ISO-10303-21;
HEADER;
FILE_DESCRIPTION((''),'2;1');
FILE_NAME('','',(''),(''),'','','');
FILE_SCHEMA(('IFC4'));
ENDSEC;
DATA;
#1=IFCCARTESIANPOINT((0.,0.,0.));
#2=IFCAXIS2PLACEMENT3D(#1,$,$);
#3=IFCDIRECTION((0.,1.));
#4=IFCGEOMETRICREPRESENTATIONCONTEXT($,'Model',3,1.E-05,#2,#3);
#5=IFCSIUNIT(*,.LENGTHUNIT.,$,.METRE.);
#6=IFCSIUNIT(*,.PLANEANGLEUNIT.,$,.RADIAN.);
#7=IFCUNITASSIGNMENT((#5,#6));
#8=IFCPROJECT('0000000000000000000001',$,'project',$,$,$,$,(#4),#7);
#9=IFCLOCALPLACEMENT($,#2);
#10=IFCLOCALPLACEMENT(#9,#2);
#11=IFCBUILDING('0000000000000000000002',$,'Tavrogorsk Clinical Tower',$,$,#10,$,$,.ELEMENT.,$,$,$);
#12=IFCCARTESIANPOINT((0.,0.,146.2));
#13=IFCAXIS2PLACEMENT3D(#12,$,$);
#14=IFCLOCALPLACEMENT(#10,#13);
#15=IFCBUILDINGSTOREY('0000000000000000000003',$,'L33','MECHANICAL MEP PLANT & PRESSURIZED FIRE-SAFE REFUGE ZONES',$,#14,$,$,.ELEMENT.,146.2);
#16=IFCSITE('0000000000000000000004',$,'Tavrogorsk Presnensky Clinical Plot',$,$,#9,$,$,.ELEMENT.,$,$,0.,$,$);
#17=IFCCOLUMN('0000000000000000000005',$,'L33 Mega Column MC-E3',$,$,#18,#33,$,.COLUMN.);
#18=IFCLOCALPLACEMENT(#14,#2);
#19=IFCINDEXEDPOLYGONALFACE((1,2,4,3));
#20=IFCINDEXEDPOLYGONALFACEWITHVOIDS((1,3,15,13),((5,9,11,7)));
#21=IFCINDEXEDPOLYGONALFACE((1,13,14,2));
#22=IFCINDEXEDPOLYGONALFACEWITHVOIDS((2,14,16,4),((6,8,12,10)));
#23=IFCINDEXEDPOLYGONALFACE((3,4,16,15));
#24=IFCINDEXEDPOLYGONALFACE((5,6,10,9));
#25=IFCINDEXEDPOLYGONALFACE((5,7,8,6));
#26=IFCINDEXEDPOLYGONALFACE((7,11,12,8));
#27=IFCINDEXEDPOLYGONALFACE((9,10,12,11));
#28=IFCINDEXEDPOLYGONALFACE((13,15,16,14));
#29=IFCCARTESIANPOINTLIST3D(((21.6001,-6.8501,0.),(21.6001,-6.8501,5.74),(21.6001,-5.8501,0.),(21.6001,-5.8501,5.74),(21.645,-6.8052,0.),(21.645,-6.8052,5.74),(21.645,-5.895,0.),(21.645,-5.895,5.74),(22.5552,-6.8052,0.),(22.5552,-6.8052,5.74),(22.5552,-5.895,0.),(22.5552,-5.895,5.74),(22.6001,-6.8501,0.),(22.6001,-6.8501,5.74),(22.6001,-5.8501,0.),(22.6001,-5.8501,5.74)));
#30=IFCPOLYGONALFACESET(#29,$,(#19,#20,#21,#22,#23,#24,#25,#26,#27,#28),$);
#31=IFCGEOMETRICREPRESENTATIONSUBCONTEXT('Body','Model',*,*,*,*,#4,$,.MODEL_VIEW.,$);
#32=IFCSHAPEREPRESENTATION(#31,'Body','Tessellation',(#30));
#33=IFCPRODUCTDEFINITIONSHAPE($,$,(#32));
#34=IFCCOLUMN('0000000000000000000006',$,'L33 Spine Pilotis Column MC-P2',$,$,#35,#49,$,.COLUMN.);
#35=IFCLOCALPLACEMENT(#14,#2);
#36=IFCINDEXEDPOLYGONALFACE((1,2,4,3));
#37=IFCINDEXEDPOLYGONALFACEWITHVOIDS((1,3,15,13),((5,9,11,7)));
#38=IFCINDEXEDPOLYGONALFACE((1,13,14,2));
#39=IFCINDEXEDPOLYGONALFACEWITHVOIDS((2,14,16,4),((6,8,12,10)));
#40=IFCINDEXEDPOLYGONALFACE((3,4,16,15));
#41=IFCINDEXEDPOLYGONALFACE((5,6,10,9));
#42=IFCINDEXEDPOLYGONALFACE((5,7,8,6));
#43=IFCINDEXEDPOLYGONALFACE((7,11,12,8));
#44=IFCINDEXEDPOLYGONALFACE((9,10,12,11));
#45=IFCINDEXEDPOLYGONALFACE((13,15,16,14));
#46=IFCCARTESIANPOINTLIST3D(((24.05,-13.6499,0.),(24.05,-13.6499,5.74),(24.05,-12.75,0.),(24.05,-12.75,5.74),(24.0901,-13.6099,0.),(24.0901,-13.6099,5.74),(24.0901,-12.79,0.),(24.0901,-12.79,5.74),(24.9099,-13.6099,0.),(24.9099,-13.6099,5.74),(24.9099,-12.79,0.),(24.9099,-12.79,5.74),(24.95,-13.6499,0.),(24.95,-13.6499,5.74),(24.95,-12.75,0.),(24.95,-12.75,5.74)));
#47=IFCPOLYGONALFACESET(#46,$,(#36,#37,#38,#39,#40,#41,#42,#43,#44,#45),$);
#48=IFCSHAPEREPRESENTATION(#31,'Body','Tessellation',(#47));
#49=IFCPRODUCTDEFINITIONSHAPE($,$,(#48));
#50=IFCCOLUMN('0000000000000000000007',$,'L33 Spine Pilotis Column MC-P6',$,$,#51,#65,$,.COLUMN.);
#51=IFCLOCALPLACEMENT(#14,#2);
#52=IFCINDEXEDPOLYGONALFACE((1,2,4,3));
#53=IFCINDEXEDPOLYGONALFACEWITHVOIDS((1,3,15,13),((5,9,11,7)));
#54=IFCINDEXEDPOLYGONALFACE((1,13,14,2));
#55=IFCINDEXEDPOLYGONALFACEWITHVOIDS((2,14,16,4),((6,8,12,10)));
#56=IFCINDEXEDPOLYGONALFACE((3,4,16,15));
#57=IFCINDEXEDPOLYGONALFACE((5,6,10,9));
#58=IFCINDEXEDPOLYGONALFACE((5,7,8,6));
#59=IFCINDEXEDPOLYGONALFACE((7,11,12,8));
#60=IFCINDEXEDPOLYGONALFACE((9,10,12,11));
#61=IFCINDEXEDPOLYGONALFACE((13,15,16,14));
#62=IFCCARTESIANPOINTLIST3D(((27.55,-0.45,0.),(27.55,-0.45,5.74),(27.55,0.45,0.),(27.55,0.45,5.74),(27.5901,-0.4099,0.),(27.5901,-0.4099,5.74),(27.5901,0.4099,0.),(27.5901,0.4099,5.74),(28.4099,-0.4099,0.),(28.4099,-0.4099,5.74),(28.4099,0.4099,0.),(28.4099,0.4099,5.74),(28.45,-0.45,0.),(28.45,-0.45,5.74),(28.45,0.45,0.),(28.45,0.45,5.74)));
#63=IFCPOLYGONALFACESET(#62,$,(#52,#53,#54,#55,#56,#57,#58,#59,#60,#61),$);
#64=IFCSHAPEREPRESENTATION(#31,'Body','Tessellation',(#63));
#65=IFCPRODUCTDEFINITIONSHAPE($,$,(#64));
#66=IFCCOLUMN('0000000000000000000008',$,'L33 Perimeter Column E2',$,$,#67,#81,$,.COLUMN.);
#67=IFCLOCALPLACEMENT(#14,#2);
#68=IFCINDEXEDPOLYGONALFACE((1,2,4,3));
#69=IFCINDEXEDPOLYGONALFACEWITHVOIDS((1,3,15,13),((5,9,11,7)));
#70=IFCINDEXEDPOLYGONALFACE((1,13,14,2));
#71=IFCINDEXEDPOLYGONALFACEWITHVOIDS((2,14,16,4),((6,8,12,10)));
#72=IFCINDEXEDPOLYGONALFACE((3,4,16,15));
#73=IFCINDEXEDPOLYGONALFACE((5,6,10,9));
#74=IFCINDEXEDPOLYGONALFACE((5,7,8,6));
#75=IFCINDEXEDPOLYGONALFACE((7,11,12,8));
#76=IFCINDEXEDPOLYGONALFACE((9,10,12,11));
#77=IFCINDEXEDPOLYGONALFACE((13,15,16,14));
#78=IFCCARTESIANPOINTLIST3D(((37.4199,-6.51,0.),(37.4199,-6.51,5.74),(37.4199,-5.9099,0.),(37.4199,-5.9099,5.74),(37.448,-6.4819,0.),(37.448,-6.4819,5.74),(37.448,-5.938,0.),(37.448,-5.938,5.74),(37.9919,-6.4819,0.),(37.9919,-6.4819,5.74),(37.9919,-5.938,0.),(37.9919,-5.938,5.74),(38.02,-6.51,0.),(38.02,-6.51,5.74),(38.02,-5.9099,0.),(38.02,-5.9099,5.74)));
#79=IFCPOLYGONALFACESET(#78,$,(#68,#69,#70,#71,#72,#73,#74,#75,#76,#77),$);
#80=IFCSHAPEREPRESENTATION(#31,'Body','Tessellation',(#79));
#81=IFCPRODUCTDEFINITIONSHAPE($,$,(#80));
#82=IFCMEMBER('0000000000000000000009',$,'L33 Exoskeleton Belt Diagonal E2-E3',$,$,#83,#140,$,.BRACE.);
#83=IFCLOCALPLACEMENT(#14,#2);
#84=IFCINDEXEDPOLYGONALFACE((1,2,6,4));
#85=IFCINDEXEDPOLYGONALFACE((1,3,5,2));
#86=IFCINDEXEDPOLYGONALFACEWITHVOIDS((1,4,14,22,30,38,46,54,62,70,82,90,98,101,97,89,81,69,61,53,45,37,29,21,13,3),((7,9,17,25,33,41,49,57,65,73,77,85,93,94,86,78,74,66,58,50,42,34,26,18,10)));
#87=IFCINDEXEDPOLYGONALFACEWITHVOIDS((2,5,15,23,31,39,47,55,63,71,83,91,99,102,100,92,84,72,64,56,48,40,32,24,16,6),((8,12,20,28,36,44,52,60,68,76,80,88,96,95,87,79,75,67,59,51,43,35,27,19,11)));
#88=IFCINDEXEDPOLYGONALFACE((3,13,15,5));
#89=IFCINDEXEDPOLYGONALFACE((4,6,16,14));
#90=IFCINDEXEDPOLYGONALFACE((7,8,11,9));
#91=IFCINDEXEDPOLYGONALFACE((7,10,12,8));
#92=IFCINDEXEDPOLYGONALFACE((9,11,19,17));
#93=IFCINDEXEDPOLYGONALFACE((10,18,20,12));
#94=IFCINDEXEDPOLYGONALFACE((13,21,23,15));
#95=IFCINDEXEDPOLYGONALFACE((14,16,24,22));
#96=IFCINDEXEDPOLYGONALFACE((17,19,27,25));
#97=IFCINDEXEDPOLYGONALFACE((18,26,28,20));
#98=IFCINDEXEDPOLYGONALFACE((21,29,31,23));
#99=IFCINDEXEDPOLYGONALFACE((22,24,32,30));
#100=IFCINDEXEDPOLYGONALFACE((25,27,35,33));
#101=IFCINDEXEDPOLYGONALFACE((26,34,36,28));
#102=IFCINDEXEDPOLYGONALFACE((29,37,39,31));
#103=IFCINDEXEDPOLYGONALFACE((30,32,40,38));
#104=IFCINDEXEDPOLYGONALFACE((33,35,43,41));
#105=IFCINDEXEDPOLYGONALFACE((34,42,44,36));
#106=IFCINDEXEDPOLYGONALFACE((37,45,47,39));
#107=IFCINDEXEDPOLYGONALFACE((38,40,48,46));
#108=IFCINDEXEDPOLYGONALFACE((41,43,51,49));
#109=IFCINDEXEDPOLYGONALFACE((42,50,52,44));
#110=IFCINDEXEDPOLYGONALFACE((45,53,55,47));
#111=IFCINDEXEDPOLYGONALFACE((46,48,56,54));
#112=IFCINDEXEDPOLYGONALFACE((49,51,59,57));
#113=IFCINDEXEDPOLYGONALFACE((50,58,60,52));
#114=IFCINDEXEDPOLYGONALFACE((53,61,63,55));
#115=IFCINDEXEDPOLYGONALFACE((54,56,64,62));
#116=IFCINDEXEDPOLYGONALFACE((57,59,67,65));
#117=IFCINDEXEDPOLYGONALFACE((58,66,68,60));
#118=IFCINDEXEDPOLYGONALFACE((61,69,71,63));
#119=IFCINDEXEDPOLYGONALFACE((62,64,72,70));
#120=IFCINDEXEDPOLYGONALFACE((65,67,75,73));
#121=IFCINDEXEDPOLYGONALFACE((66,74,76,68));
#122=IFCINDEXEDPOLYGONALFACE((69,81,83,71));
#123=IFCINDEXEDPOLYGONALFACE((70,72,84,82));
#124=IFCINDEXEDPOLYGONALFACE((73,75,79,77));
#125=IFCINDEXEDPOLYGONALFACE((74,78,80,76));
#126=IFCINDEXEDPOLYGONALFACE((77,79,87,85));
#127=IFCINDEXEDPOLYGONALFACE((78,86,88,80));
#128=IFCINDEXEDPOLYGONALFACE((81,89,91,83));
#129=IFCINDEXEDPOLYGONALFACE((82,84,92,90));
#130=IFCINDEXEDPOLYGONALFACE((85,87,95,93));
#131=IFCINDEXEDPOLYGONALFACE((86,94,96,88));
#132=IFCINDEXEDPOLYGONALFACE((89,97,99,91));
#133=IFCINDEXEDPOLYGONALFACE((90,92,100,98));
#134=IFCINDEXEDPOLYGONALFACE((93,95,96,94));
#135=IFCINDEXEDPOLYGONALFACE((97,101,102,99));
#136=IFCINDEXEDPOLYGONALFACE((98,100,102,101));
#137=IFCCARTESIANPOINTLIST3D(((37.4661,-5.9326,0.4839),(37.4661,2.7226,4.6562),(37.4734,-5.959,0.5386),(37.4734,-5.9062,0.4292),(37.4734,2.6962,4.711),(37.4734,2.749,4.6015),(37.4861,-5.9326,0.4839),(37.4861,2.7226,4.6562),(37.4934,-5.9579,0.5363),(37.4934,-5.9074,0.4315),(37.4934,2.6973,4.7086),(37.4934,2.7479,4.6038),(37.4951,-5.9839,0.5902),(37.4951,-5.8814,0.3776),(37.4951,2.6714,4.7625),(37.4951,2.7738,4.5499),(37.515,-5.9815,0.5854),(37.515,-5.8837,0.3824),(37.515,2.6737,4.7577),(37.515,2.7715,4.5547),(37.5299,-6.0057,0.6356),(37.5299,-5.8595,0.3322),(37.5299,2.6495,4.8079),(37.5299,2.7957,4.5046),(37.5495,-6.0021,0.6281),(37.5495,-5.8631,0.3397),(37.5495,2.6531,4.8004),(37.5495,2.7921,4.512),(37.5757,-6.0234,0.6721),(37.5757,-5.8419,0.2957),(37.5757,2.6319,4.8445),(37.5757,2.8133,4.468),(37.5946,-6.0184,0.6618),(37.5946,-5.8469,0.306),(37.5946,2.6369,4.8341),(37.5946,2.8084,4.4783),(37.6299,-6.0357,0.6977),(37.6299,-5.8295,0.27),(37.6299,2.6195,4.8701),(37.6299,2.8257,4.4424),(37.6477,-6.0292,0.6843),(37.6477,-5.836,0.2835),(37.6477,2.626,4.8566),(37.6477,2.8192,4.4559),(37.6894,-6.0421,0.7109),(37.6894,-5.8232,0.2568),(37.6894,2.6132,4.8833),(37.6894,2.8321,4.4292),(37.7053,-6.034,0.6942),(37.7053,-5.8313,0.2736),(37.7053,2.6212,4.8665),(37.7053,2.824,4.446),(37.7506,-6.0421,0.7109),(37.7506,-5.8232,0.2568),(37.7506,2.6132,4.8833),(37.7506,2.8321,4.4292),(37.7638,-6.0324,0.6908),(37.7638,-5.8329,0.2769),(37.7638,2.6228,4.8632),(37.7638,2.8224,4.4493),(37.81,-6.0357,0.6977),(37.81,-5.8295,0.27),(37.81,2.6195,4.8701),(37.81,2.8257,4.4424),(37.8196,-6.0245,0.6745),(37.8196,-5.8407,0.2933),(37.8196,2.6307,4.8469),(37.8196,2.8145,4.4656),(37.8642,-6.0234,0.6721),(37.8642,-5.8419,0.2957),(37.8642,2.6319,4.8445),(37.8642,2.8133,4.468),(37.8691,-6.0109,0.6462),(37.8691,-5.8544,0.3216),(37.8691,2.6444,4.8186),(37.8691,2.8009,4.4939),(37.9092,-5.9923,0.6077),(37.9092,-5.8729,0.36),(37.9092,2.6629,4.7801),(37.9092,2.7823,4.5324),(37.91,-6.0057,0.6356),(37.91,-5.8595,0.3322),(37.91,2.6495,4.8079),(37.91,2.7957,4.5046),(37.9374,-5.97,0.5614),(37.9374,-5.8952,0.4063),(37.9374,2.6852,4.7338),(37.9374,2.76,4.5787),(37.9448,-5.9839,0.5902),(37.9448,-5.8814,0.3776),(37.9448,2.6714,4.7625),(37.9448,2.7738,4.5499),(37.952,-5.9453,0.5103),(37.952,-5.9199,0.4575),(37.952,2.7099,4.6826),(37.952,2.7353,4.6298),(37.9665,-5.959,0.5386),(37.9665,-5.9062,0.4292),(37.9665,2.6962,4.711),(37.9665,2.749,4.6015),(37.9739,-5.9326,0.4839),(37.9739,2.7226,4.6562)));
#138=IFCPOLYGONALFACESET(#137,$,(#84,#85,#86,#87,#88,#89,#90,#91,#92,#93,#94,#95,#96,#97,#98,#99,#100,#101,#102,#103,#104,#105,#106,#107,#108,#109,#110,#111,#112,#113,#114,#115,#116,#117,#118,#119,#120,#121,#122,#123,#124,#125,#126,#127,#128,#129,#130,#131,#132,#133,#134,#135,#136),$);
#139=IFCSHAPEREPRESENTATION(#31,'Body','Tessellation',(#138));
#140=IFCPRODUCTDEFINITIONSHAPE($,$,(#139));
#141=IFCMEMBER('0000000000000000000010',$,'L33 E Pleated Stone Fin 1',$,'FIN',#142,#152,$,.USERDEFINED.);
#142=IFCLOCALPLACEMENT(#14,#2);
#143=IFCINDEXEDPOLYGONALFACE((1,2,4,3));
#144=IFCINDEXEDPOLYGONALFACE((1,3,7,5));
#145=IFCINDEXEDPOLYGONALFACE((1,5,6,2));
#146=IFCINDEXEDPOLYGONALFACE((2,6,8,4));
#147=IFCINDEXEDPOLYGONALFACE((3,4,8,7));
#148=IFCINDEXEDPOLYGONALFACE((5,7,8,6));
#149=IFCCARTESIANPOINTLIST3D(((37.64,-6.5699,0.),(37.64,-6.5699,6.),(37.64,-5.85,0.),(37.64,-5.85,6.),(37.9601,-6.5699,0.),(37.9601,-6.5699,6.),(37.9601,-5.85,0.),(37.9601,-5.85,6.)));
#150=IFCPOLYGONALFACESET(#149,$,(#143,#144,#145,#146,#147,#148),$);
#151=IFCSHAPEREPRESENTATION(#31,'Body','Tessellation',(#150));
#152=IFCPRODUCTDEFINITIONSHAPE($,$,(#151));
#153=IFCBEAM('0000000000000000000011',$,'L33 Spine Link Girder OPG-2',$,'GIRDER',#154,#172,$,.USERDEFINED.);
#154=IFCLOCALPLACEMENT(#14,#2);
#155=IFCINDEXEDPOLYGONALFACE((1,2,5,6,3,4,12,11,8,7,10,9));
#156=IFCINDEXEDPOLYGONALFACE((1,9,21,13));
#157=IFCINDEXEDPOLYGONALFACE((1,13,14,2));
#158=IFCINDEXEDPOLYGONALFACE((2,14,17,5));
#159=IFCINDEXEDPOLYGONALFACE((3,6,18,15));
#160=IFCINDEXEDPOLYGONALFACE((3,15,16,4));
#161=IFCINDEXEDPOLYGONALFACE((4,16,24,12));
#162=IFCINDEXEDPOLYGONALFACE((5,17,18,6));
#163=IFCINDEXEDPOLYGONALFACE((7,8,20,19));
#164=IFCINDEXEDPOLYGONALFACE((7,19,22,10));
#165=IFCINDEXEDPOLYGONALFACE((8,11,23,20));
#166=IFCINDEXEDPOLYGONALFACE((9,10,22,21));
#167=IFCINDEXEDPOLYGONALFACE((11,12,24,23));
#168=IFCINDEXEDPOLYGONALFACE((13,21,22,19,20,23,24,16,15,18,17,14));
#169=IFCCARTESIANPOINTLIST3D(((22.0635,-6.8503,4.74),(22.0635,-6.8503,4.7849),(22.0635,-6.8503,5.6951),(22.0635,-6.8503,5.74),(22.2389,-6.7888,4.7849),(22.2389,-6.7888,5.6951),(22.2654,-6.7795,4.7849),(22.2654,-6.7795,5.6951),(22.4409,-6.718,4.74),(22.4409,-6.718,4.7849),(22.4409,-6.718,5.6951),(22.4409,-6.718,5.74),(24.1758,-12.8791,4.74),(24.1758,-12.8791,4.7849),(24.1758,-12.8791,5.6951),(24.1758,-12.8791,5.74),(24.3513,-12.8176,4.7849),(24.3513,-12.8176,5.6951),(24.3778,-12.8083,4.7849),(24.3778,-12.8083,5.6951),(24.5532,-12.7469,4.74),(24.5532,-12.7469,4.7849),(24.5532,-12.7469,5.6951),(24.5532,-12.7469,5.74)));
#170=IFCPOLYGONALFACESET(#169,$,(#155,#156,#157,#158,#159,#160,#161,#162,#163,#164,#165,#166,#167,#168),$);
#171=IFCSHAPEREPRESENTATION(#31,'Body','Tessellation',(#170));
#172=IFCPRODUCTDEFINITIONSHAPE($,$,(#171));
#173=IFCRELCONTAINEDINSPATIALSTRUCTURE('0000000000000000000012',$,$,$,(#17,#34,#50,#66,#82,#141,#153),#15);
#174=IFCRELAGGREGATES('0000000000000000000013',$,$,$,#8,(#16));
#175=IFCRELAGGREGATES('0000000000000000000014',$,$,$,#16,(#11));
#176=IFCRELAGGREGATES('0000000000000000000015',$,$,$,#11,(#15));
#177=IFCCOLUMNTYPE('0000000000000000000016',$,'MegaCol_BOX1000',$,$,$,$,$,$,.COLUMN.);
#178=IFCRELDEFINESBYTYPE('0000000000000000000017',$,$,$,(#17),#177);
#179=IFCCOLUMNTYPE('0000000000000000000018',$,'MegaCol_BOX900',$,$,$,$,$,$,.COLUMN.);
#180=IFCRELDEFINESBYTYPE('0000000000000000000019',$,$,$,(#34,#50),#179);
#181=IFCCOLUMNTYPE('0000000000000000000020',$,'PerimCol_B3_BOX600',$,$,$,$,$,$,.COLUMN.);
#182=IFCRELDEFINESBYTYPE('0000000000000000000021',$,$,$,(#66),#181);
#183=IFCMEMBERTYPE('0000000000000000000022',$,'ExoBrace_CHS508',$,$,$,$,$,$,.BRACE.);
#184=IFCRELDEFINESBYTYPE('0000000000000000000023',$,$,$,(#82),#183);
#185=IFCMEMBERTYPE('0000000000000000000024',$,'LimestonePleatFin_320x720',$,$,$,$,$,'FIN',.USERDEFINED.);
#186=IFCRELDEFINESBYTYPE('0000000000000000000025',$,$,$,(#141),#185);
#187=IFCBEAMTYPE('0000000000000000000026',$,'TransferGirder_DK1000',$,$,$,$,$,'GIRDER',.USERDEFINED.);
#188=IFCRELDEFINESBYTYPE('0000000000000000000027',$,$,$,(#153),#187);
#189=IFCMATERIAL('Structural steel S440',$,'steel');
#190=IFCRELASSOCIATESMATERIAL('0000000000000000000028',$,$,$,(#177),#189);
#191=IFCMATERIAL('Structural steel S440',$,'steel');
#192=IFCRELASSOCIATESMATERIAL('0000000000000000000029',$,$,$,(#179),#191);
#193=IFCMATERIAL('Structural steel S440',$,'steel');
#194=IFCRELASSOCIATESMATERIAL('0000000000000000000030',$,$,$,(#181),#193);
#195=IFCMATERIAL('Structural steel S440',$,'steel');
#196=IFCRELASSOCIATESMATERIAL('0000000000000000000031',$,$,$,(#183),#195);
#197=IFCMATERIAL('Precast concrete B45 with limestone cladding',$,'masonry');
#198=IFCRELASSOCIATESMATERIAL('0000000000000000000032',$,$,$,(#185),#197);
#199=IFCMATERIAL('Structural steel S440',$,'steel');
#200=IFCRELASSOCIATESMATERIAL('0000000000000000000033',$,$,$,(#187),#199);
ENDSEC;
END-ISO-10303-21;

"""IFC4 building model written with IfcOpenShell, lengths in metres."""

from ifc_helpers import new_model, si_unit, direction, frame, origin, origin_2d, place, context, subcontext, project, spatial, rectangle, hollow_rectangle, hollow_circle, i_section, extrude, material, material_profile, profile_set, type_object, element, save


model = new_model("IFC4")

# Units and contexts
model_context = context("Model", 3, precision=1e-05, world=origin(), true_north=direction((0.0, 1.0)))
body_context = subcontext(model_context, "Body", "Model", "MODEL_VIEW")
ifc_project = project(units=[si_unit("LENGTHUNIT", "METRE"), si_unit("PLANEANGLEUNIT", "RADIAN")], contexts=[model_context])

# Site, building, storey
site_placement = place(None, origin())
site = spatial("IfcSite", under=ifc_project, at=site_placement, Name="Tavrogorsk Presnensky Clinical Plot", CompositionType="ELEMENT", RefElevation=0.0)
building_placement = place(site_placement, origin())
building = spatial("IfcBuilding", under=site, at=building_placement, Name="Tavrogorsk Clinical Tower", CompositionType="ELEMENT")
storey_placement = place(building_placement, frame((0.0, 0.0, 146.2)))
storey = spatial("IfcBuildingStorey", under=building, at=storey_placement, Name="L33", Description="MECHANICAL MEP PLANT & PRESSURIZED FIRE-SAFE REFUGE ZONES", CompositionType="ELEMENT", Elevation=146.2)

# Columns
ifc_material_1 = material(Name="Structural steel S440", Category="steel")
ifc_material_profile_1 = material_profile(ifc_material_1, hollow_rectangle(XDim=1.0, YDim=1.0, WallThickness=0.0449, at=origin_2d()), Name="BOX-1000x1000x45")
ifc_profile_set_1 = profile_set([ifc_material_profile_1], Name="Structural steel S440")
column_type_1 = type_object("IfcColumnType", Name="MegaCol_BOX1000", PredefinedType="COLUMN", material=ifc_profile_set_1)
column_1_placement = place(storey_placement, frame((22.1001, -6.3501, 0.0), z_axis=(0.0, 0.0, 1.0), x_axis=(1.0, 0.0, 0.0)))
element("IfcColumn", 1, at=column_1_placement, inside=storey, type_object=column_type_1, Name="L33 Mega Column MC-E3", PredefinedType="COLUMN", context=body_context, shape_type="SweptSolid", body=[
    extrude(hollow_rectangle(XDim=1.0, YDim=1.0, WallThickness=0.0449, at=origin_2d()), origin(), (0.0, 0.0, 1.0), 5.74),
])
ifc_material_2 = material(Name="Structural steel S440", Category="steel")
ifc_material_profile_2 = material_profile(ifc_material_2, hollow_rectangle(XDim=0.8999, YDim=0.8999, WallThickness=0.04, at=origin_2d()), Name="BOX-900x900x40")
ifc_profile_set_2 = profile_set([ifc_material_profile_2], Name="Structural steel S440")
column_type_2 = type_object("IfcColumnType", Name="MegaCol_BOX900", PredefinedType="COLUMN", material=ifc_profile_set_2)
for number, where, z_axis, x_axis, name in (
    (2, (24.5, -13.2, 0.0), (0.0, 0.0, 1.0), (1.0, 0.0, 0.0), "L33 Spine Pilotis Column MC-P2"),
    (3, (28.0, 0.0, 0.0), (0.0, 0.0, 1.0), (1.0, 0.0, 0.0), "L33 Spine Pilotis Column MC-P6"),
):
    element("IfcColumn", number, at=place(storey_placement, frame(where, z_axis=z_axis, x_axis=x_axis)), inside=storey, type_object=column_type_2, Name=name, PredefinedType="COLUMN", context=body_context, shape_type="SweptSolid", body=[
        extrude(hollow_rectangle(XDim=0.8999, YDim=0.8999, WallThickness=0.04, at=origin_2d()), origin(), (0.0, 0.0, 1.0), 5.74),
    ])
ifc_material_3 = material(Name="Structural steel S440", Category="steel")
ifc_material_profile_3 = material_profile(ifc_material_3, hollow_rectangle(XDim=0.6001, YDim=0.6001, WallThickness=0.0281, at=origin_2d()), Name="BOX-600x600x28")
ifc_profile_set_3 = profile_set([ifc_material_profile_3], Name="Structural steel S440")
column_type_3 = type_object("IfcColumnType", Name="PerimCol_B3_BOX600", PredefinedType="COLUMN", material=ifc_profile_set_3)
column_2_placement = place(storey_placement, frame((37.72, -6.21, 0.0), z_axis=(0.0, 0.0, 1.0), x_axis=(1.0, 0.0, 0.0)))
element("IfcColumn", 4, at=column_2_placement, inside=storey, type_object=column_type_3, Name="L33 Perimeter Column E2", PredefinedType="COLUMN", context=body_context, shape_type="SweptSolid", body=[
    extrude(hollow_rectangle(XDim=0.6001, YDim=0.6001, WallThickness=0.0281, at=origin_2d()), origin(), (0.0, 0.0, 1.0), 5.74),
])

# Members
ifc_material_4 = material(Name="Structural steel S440", Category="steel")
ifc_material_profile_4 = material_profile(ifc_material_4, hollow_circle(Radius=0.2539, WallThickness=0.02, at=origin_2d()), Name="CHS-508x20")
ifc_profile_set_4 = profile_set([ifc_material_profile_4], Name="Structural steel S440")
member_type_1 = type_object("IfcMemberType", Name="ExoBrace_CHS508", PredefinedType="BRACE", material=ifc_profile_set_4)
member_1_placement = place(storey_placement, frame((37.72, -5.9326, 0.4839), z_axis=(0.0, 0.900798, 0.434239), x_axis=(-1.0, 0.0, 0.0)))
element("IfcMember", 5, at=member_1_placement, inside=storey, type_object=member_type_1, Name="L33 Exoskeleton Belt Diagonal E2-E3", PredefinedType="BRACE", context=body_context, shape_type="SweptSolid", body=[
    extrude(hollow_circle(Radius=0.2539, WallThickness=0.02, at=origin_2d()), origin(), (0.0, 0.0, 1.0), 9.6084),
])
ifc_material_5 = material(Name="Precast concrete B45 with limestone cladding", Category="masonry")
ifc_material_profile_5 = material_profile(ifc_material_5, rectangle(XDim=0.3201, YDim=0.72, at=origin_2d()), Name="LIMESTONE-FIN-320x720")
ifc_profile_set_5 = profile_set([ifc_material_profile_5], Name="Precast concrete B45 with limestone cladding")
member_type_2 = type_object("IfcMemberType", Name="LimestonePleatFin_320x720", ElementType="FIN", PredefinedType="USERDEFINED", material=ifc_profile_set_5)
member_2_placement = place(storey_placement, frame((37.8, -6.21, 0.0), z_axis=(0.0, 0.0, 1.0), x_axis=(1.0, 0.0, 0.0)))
element("IfcMember", 6, at=member_2_placement, inside=storey, type_object=member_type_2, Name="L33 E Pleated Stone Fin 1", ObjectType="FIN", PredefinedType="USERDEFINED", context=body_context, shape_type="SweptSolid", body=[
    extrude(rectangle(XDim=0.3201, YDim=0.72, at=origin_2d()), origin(), (0.0, 0.0, 1.0), 6.0),
])

# Beam
ifc_material_6 = material(Name="Structural steel S440", Category="steel")
ifc_material_profile_6 = material_profile(ifc_material_6, i_section(OverallWidth=0.3999, OverallDepth=1.0, WebThickness=0.0281, FlangeThickness=0.0449, at=origin_2d()), Name="DK-1000x400x28x45")
ifc_profile_set_6 = profile_set([ifc_material_profile_6], Name="Structural steel S440")
beam_type_1 = type_object("IfcBeamType", Name="TransferGirder_DK1000", ElementType="GIRDER", PredefinedType="USERDEFINED", material=ifc_profile_set_6)
beam_1_placement = place(storey_placement, frame((24.3645, -12.813, 5.24), z_axis=(-0.33066, 0.94375, 0.0), x_axis=(-0.94375, -0.33066, 0.0)))
element("IfcBeam", 7, at=beam_1_placement, inside=storey, type_object=beam_type_1, Name="L33 Spine Link Girder OPG-2", ObjectType="GIRDER", PredefinedType="USERDEFINED", context=body_context, shape_type="SweptSolid", body=[
    extrude(i_section(OverallWidth=0.3999, OverallDepth=1.0, WebThickness=0.0281, FlangeThickness=0.0449, at=origin_2d()), origin(), (0.0, 0.0, 1.0), 6.3882),
])

save(model, "model.ifc")
